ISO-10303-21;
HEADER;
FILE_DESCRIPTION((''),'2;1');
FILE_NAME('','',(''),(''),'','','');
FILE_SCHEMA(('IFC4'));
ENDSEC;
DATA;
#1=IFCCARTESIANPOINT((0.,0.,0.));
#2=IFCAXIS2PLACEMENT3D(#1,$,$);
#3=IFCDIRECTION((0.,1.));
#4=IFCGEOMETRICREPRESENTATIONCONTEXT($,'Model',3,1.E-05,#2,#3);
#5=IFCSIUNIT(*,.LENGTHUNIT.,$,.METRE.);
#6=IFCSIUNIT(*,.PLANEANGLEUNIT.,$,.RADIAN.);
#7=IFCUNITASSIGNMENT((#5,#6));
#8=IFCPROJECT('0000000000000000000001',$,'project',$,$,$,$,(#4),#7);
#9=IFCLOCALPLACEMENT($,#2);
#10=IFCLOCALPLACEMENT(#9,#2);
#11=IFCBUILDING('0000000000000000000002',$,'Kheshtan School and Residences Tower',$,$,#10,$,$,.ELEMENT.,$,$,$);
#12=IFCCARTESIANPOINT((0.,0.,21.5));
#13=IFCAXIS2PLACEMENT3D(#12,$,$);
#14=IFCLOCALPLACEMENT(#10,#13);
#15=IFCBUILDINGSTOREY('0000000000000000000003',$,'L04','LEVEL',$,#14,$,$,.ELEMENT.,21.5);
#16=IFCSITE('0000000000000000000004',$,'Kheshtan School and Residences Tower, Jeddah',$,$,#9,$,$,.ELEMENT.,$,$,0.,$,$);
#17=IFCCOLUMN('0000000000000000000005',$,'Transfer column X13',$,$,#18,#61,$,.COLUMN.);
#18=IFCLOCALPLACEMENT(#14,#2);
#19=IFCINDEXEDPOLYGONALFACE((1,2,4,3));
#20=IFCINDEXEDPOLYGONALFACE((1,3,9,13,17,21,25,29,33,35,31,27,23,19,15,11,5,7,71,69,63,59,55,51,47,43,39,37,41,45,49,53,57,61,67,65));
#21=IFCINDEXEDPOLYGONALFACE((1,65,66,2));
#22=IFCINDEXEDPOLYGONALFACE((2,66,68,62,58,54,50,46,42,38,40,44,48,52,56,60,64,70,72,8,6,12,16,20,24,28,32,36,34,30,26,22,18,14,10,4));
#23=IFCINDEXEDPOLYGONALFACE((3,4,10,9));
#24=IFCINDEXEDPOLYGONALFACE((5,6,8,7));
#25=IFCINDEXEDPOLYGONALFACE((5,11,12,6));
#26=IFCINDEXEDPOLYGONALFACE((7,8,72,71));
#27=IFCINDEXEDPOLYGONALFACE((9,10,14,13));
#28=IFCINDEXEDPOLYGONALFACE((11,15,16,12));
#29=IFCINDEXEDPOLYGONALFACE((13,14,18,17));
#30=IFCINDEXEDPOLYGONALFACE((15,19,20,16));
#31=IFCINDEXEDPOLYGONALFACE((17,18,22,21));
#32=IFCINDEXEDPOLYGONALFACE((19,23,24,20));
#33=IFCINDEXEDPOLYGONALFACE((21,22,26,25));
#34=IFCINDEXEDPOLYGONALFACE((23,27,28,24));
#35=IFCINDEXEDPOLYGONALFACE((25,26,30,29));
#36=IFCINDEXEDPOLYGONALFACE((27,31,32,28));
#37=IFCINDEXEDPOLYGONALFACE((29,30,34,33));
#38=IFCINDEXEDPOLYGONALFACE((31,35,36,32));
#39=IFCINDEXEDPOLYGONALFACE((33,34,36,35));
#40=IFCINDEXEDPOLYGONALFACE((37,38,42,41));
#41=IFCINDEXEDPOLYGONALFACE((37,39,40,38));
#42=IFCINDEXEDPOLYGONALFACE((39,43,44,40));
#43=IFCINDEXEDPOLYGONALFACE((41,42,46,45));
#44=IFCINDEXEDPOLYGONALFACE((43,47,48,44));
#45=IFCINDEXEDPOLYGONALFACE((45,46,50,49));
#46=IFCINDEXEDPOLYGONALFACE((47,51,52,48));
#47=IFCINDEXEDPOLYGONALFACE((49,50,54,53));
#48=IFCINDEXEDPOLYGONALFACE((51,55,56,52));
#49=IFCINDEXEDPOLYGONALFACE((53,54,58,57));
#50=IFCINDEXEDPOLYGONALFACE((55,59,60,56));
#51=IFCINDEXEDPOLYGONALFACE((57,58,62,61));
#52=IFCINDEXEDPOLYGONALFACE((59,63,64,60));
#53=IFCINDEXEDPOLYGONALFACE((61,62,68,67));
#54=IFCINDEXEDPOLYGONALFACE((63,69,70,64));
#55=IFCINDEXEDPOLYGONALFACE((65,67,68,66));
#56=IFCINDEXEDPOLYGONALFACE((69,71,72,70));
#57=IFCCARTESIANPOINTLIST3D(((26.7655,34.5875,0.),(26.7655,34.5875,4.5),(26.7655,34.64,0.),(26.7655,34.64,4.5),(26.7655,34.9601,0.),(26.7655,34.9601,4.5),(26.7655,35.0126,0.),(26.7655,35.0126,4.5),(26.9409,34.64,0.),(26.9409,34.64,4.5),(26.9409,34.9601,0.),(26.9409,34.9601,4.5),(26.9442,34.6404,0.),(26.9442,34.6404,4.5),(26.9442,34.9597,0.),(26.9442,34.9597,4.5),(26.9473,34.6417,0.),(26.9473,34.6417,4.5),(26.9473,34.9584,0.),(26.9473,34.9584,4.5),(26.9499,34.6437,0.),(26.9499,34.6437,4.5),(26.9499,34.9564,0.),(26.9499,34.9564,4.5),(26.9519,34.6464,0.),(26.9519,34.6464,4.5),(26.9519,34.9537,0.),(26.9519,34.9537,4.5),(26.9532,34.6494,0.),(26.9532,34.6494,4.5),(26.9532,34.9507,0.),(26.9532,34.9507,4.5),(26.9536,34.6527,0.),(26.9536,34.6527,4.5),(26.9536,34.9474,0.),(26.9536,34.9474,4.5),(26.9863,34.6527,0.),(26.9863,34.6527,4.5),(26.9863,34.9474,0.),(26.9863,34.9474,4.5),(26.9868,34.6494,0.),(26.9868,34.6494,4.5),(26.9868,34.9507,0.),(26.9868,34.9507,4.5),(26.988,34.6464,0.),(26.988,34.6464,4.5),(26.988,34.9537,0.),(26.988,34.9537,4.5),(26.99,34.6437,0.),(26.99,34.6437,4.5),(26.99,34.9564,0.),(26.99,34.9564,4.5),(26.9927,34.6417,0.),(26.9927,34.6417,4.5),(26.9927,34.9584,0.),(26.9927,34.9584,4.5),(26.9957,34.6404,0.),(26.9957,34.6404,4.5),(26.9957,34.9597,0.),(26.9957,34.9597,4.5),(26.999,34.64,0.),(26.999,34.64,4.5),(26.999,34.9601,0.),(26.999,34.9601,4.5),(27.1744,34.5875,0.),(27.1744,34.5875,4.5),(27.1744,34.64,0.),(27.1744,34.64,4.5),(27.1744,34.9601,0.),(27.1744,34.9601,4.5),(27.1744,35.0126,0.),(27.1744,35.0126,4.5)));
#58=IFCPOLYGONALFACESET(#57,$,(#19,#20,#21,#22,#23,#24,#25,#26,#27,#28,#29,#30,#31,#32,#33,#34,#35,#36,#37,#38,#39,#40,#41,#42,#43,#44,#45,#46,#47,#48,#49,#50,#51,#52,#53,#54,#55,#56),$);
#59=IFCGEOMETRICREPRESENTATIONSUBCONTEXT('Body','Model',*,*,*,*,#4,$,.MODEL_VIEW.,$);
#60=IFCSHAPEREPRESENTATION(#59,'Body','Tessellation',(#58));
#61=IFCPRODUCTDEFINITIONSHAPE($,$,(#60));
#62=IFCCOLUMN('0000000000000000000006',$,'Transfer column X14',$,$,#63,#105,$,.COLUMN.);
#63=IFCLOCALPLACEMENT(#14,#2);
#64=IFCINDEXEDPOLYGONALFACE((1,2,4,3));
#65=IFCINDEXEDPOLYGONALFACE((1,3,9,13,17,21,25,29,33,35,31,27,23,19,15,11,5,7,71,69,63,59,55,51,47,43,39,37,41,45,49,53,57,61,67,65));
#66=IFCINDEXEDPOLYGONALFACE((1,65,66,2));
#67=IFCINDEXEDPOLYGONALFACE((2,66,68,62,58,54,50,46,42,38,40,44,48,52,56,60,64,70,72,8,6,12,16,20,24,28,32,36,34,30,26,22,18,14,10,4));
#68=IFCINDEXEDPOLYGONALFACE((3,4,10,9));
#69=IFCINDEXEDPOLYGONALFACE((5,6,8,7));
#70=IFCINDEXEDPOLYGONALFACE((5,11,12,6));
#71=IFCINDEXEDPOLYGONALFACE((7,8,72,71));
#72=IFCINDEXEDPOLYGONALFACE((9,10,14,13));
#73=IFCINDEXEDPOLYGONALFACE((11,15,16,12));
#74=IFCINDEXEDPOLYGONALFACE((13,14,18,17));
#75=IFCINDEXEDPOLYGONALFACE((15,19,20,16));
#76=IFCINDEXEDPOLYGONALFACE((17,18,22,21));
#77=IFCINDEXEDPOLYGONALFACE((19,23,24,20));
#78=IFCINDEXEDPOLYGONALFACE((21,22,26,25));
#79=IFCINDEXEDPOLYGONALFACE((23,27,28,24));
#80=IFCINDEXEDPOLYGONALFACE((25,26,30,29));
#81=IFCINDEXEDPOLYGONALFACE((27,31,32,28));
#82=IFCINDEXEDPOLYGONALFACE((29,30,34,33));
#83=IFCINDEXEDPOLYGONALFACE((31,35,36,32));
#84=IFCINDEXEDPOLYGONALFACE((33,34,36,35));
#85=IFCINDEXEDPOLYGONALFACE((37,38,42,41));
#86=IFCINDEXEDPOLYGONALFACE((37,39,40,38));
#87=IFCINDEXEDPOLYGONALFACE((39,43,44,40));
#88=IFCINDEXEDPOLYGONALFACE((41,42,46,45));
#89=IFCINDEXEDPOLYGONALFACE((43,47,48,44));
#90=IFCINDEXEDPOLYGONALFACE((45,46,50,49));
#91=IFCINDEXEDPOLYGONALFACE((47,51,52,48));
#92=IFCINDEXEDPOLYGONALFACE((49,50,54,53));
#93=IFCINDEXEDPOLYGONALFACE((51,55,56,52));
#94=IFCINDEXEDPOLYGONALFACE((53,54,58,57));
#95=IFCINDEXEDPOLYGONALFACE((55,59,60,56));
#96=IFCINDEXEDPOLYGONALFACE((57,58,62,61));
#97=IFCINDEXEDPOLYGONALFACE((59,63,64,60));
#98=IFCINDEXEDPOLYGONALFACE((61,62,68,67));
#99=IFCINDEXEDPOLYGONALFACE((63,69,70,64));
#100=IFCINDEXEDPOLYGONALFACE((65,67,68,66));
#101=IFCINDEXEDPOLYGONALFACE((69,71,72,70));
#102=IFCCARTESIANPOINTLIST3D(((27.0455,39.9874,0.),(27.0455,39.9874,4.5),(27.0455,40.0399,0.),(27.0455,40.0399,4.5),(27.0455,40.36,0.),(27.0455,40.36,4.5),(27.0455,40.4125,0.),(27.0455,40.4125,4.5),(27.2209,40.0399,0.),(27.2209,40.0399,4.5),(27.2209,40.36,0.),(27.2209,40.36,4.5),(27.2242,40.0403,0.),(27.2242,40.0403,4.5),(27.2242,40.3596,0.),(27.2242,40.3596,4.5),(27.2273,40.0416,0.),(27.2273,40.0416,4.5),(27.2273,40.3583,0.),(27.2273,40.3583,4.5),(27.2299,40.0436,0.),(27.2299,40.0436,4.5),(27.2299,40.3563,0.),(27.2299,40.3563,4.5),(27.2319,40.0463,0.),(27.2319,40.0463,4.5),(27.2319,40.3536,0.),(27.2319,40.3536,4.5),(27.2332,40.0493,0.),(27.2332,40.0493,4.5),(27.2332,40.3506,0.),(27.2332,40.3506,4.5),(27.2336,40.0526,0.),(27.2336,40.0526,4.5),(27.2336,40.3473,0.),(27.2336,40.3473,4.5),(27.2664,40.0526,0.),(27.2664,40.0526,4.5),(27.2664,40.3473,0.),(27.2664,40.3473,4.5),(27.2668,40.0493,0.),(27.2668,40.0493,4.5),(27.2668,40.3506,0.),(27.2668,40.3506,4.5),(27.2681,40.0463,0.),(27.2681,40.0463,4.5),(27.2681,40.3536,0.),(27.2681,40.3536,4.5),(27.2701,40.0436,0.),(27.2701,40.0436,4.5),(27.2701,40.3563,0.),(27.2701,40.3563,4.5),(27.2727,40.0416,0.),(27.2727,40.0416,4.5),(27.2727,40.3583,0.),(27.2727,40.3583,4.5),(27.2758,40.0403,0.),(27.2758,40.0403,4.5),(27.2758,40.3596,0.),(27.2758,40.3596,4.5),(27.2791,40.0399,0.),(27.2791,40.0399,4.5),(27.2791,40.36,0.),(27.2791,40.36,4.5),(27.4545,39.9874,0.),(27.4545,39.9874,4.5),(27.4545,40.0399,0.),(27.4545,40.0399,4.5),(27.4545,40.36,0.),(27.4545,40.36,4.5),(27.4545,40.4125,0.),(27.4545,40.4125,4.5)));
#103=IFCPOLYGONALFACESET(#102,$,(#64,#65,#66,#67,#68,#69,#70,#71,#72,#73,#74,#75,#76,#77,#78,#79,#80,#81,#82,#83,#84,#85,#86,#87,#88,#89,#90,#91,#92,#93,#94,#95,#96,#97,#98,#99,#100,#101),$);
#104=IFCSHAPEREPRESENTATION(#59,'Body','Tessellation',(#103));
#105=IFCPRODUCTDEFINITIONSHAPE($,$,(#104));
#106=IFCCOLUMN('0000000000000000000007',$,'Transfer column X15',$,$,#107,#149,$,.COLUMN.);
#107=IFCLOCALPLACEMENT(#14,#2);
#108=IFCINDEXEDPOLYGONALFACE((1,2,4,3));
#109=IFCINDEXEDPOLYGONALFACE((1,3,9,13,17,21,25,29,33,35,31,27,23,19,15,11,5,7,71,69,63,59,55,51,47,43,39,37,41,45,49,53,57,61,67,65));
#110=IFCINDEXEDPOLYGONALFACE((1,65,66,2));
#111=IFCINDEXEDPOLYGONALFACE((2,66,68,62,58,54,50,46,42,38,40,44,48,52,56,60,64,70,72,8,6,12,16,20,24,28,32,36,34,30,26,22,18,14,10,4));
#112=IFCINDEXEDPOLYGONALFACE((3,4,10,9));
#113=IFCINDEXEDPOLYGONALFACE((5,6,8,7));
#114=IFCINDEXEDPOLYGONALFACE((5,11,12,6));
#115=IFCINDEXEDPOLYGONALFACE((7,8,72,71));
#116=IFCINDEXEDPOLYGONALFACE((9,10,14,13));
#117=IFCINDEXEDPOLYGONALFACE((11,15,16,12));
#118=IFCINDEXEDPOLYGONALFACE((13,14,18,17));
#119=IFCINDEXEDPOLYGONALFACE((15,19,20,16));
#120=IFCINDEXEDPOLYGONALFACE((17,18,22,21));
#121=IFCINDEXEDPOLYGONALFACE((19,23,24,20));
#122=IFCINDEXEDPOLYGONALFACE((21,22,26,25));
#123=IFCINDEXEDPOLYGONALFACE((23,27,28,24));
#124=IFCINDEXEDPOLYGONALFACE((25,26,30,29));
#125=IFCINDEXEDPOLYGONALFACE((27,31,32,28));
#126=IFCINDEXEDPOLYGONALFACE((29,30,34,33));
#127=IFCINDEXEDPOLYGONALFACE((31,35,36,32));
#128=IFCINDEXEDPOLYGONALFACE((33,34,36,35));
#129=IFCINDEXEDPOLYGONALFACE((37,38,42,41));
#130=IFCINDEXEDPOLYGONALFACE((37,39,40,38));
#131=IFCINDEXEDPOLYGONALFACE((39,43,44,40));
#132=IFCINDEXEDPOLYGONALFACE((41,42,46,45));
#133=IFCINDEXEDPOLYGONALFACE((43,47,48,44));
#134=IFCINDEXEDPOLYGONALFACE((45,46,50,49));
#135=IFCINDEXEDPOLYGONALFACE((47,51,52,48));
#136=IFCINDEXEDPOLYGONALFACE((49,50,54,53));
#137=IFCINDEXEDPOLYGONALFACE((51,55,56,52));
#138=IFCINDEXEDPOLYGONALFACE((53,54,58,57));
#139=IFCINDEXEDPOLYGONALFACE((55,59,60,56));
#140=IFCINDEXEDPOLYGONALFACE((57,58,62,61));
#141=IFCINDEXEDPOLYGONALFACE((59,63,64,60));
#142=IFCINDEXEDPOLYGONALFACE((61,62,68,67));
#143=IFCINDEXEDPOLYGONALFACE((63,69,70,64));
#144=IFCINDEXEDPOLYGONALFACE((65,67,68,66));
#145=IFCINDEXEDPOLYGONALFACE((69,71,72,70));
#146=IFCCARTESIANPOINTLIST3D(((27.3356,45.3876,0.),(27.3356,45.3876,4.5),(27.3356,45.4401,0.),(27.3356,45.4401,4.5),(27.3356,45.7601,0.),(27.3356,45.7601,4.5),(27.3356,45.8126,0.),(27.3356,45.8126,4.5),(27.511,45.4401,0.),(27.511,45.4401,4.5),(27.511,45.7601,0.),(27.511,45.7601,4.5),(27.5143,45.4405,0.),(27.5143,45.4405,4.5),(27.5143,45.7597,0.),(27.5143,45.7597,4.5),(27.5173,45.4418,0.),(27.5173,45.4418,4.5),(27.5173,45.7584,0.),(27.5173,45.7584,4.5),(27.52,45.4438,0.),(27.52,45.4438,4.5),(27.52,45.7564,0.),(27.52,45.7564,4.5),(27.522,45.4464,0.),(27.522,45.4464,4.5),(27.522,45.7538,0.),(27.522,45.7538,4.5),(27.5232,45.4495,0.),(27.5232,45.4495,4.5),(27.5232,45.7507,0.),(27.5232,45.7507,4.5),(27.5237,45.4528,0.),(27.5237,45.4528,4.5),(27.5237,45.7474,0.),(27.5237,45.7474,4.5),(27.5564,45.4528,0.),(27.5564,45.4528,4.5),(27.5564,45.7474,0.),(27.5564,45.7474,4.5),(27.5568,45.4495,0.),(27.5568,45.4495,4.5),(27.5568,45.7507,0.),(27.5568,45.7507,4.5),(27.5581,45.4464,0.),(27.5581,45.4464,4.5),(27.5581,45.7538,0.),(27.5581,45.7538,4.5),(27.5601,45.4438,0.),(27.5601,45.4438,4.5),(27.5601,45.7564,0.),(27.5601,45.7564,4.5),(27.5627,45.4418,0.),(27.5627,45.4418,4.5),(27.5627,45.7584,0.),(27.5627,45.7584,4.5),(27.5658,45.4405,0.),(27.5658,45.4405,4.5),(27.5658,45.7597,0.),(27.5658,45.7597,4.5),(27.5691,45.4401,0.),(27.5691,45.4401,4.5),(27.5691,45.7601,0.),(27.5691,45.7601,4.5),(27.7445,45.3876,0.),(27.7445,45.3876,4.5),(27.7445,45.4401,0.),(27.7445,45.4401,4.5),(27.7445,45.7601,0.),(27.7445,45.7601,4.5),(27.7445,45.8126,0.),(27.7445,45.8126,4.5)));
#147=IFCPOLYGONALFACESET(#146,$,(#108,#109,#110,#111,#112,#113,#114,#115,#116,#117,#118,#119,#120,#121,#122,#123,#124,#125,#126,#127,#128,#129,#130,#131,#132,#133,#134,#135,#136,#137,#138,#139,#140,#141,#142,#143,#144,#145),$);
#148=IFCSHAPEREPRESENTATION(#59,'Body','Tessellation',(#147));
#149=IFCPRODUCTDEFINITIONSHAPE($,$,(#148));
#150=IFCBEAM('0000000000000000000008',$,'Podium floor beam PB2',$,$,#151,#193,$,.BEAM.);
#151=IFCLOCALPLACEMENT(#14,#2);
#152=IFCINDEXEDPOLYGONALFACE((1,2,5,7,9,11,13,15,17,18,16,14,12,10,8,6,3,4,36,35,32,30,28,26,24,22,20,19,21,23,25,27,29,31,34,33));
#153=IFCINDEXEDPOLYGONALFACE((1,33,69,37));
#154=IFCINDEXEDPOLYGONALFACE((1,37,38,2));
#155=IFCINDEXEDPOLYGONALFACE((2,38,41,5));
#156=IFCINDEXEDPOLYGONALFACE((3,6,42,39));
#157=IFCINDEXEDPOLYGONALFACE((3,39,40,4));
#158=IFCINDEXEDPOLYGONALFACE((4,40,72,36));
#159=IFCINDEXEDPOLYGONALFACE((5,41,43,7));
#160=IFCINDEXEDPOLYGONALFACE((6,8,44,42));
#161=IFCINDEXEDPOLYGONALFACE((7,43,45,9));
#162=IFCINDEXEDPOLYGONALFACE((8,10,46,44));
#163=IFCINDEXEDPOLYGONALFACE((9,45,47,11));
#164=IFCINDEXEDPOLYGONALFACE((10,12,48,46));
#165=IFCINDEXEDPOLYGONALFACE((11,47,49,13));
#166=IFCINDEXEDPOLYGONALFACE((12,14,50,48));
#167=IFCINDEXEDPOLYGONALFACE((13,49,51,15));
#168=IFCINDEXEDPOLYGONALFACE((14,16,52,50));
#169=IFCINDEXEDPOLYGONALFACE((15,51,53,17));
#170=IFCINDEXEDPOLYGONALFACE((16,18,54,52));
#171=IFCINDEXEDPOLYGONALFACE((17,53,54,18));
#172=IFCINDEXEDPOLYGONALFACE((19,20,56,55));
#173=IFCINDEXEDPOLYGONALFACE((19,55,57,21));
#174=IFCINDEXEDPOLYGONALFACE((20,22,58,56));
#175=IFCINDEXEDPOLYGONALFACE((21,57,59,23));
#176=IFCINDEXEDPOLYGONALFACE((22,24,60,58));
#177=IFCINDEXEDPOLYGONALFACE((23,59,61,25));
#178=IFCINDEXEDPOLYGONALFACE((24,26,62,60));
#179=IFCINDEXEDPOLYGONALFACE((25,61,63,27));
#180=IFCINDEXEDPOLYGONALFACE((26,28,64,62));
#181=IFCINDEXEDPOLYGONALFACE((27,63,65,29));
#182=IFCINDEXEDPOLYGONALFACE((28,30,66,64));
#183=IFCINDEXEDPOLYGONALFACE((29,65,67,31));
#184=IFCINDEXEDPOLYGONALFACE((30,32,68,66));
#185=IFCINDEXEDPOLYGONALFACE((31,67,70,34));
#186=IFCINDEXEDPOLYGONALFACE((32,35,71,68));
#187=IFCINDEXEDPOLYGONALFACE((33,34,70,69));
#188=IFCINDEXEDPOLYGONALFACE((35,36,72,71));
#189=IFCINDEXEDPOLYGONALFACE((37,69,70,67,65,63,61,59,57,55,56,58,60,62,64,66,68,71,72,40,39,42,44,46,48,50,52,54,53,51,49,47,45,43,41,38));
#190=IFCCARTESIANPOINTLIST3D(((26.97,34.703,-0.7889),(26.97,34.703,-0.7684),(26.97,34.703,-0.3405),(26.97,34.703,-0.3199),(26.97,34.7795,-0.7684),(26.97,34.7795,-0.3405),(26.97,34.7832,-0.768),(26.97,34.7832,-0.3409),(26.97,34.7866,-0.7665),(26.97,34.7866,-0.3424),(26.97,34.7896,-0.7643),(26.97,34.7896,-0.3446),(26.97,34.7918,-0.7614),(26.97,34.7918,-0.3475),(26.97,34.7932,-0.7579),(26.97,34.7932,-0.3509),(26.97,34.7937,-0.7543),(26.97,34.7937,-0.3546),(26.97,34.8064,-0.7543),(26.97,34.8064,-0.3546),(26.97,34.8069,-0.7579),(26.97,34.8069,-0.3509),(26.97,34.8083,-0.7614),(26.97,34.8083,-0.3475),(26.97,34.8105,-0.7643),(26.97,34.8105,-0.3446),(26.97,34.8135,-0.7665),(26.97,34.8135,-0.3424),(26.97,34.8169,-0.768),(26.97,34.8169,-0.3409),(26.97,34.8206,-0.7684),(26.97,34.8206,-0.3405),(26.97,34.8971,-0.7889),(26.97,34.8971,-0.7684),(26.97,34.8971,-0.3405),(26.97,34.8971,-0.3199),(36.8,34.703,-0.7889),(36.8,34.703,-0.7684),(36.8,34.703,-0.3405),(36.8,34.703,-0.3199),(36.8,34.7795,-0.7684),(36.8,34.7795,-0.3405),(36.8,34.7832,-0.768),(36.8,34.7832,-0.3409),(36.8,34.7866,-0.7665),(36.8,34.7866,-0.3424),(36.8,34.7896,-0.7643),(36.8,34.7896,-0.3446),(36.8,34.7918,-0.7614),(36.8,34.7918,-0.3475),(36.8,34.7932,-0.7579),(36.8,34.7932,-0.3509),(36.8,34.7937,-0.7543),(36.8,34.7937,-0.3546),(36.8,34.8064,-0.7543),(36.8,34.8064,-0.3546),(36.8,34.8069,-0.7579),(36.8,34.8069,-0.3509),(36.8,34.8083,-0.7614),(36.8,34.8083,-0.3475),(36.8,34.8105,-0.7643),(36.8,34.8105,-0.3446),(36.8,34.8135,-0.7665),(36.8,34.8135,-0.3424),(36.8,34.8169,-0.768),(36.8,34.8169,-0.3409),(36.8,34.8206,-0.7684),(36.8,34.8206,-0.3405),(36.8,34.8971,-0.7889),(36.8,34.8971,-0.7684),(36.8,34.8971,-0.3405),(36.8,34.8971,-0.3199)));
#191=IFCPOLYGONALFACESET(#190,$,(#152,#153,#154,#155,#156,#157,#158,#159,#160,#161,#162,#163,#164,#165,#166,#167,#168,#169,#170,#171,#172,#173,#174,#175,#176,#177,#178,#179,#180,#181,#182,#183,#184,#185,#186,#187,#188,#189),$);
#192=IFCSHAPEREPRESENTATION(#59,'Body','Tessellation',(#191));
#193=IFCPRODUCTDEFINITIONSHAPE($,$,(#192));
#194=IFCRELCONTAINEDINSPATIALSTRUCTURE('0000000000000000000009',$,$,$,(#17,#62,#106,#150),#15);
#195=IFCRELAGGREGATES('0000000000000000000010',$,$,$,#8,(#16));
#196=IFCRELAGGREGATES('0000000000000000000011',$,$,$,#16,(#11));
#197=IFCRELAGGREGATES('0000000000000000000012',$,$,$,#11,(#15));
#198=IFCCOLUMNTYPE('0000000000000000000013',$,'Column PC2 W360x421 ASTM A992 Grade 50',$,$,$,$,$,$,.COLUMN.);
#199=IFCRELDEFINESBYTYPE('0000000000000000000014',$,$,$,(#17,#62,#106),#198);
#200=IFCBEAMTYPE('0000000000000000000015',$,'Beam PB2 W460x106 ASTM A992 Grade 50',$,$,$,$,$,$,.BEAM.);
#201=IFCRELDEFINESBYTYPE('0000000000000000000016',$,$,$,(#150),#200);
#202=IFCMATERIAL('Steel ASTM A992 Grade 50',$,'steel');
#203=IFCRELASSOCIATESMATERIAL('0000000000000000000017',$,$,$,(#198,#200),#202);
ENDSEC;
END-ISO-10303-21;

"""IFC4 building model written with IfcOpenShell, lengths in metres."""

from ifc_helpers import new_model, si_unit, direction, frame, origin, origin_2d, place, context, subcontext, project, spatial, i_section, extrude, material, material_profile, profile_set, type_object, element, save


model = new_model("IFC4")

# Units and contexts
model_context = context("Model", 3, precision=1e-05, world=origin(), true_north=direction((0.0, 1.0)))
body_context = subcontext(model_context, "Body", "Model", "MODEL_VIEW")
ifc_project = project(units=[si_unit("LENGTHUNIT", "METRE"), si_unit("PLANEANGLEUNIT", "RADIAN")], contexts=[model_context])

# Site, building, storey
site_placement = place(None, origin())
site = spatial("IfcSite", under=ifc_project, at=site_placement, Name="Kheshtan School and Residences Tower, Jeddah", CompositionType="ELEMENT", RefElevation=0.0)
building_placement = place(site_placement, origin())
building = spatial("IfcBuilding", under=site, at=building_placement, Name="Kheshtan School and Residences Tower", CompositionType="ELEMENT")
storey_placement = place(building_placement, frame((0.0, 0.0, 21.5)))
storey = spatial("IfcBuildingStorey", under=building, at=storey_placement, Name="L04", Description="LEVEL", CompositionType="ELEMENT", Elevation=21.5)

# Columns
ifc_material_1 = material(Name="Steel ASTM A992 Grade 50", Category="steel")
ifc_material_profile_1 = material_profile(ifc_material_1, i_section(OverallWidth=0.4089, OverallDepth=0.425, WebThickness=0.0327, FlangeThickness=0.0525, FilletRadius=0.0127, at=origin_2d()), Name="W360x421")
ifc_profile_set_1 = profile_set([ifc_material_profile_1], Name="Steel ASTM A992 Grade 50")
column_type = type_object("IfcColumnType", Name="Column PC2 W360x421 ASTM A992 Grade 50", PredefinedType="COLUMN", material=ifc_profile_set_1)
for number, where, z_axis, x_axis, name in (
    (1, (26.97, 34.8, 0.0), (0.0, 0.0, 1.0), (1.0, 0.0, 0.0), "Transfer column X13"),
    (2, (27.25, 40.2, 0.0), (0.0, 0.0, 1.0), (1.0, 0.0, 0.0), "Transfer column X14"),
    (3, (27.54, 45.6001, 0.0), (0.0, 0.0, 1.0), (1.0, 0.0, 0.0), "Transfer column X15"),
):
    element("IfcColumn", number, at=place(storey_placement, frame(where, z_axis=z_axis, x_axis=x_axis)), inside=storey, type_object=column_type, Name=name, PredefinedType="COLUMN", context=body_context, shape_type="SweptSolid", body=[
        extrude(i_section(OverallWidth=0.4089, OverallDepth=0.425, WebThickness=0.0327, FlangeThickness=0.0525, FilletRadius=0.0127, at=origin_2d()), origin(), (0.0, 0.0, 1.0), 4.5),
    ])

# Beam
ifc_material_profile_2 = material_profile(ifc_material_1, i_section(OverallWidth=0.1941, OverallDepth=0.469, WebThickness=0.0127, FlangeThickness=0.0205, FilletRadius=0.0142, at=origin_2d()), Name="W460x106")
ifc_profile_set_2 = profile_set([ifc_material_profile_2], Name="Steel ASTM A992 Grade 50")
beam_type = type_object("IfcBeamType", Name="Beam PB2 W460x106 ASTM A992 Grade 50", PredefinedType="BEAM", material=ifc_profile_set_2)
beam_1_placement = place(storey_placement, frame((26.97, 34.8, -0.5544), z_axis=(1.0, 0.0, 0.0), x_axis=(0.0, 1.0, 0.0)))
element("IfcBeam", 4, at=beam_1_placement, inside=storey, type_object=beam_type, Name="Podium floor beam PB2", PredefinedType="BEAM", context=body_context, shape_type="SweptSolid", body=[
    extrude(i_section(OverallWidth=0.1941, OverallDepth=0.469, WebThickness=0.0127, FlangeThickness=0.0205, FilletRadius=0.0142, at=origin_2d()), origin(), (0.0, 0.0, 1.0), 9.8301),
])

save(model, "model.ifc")
